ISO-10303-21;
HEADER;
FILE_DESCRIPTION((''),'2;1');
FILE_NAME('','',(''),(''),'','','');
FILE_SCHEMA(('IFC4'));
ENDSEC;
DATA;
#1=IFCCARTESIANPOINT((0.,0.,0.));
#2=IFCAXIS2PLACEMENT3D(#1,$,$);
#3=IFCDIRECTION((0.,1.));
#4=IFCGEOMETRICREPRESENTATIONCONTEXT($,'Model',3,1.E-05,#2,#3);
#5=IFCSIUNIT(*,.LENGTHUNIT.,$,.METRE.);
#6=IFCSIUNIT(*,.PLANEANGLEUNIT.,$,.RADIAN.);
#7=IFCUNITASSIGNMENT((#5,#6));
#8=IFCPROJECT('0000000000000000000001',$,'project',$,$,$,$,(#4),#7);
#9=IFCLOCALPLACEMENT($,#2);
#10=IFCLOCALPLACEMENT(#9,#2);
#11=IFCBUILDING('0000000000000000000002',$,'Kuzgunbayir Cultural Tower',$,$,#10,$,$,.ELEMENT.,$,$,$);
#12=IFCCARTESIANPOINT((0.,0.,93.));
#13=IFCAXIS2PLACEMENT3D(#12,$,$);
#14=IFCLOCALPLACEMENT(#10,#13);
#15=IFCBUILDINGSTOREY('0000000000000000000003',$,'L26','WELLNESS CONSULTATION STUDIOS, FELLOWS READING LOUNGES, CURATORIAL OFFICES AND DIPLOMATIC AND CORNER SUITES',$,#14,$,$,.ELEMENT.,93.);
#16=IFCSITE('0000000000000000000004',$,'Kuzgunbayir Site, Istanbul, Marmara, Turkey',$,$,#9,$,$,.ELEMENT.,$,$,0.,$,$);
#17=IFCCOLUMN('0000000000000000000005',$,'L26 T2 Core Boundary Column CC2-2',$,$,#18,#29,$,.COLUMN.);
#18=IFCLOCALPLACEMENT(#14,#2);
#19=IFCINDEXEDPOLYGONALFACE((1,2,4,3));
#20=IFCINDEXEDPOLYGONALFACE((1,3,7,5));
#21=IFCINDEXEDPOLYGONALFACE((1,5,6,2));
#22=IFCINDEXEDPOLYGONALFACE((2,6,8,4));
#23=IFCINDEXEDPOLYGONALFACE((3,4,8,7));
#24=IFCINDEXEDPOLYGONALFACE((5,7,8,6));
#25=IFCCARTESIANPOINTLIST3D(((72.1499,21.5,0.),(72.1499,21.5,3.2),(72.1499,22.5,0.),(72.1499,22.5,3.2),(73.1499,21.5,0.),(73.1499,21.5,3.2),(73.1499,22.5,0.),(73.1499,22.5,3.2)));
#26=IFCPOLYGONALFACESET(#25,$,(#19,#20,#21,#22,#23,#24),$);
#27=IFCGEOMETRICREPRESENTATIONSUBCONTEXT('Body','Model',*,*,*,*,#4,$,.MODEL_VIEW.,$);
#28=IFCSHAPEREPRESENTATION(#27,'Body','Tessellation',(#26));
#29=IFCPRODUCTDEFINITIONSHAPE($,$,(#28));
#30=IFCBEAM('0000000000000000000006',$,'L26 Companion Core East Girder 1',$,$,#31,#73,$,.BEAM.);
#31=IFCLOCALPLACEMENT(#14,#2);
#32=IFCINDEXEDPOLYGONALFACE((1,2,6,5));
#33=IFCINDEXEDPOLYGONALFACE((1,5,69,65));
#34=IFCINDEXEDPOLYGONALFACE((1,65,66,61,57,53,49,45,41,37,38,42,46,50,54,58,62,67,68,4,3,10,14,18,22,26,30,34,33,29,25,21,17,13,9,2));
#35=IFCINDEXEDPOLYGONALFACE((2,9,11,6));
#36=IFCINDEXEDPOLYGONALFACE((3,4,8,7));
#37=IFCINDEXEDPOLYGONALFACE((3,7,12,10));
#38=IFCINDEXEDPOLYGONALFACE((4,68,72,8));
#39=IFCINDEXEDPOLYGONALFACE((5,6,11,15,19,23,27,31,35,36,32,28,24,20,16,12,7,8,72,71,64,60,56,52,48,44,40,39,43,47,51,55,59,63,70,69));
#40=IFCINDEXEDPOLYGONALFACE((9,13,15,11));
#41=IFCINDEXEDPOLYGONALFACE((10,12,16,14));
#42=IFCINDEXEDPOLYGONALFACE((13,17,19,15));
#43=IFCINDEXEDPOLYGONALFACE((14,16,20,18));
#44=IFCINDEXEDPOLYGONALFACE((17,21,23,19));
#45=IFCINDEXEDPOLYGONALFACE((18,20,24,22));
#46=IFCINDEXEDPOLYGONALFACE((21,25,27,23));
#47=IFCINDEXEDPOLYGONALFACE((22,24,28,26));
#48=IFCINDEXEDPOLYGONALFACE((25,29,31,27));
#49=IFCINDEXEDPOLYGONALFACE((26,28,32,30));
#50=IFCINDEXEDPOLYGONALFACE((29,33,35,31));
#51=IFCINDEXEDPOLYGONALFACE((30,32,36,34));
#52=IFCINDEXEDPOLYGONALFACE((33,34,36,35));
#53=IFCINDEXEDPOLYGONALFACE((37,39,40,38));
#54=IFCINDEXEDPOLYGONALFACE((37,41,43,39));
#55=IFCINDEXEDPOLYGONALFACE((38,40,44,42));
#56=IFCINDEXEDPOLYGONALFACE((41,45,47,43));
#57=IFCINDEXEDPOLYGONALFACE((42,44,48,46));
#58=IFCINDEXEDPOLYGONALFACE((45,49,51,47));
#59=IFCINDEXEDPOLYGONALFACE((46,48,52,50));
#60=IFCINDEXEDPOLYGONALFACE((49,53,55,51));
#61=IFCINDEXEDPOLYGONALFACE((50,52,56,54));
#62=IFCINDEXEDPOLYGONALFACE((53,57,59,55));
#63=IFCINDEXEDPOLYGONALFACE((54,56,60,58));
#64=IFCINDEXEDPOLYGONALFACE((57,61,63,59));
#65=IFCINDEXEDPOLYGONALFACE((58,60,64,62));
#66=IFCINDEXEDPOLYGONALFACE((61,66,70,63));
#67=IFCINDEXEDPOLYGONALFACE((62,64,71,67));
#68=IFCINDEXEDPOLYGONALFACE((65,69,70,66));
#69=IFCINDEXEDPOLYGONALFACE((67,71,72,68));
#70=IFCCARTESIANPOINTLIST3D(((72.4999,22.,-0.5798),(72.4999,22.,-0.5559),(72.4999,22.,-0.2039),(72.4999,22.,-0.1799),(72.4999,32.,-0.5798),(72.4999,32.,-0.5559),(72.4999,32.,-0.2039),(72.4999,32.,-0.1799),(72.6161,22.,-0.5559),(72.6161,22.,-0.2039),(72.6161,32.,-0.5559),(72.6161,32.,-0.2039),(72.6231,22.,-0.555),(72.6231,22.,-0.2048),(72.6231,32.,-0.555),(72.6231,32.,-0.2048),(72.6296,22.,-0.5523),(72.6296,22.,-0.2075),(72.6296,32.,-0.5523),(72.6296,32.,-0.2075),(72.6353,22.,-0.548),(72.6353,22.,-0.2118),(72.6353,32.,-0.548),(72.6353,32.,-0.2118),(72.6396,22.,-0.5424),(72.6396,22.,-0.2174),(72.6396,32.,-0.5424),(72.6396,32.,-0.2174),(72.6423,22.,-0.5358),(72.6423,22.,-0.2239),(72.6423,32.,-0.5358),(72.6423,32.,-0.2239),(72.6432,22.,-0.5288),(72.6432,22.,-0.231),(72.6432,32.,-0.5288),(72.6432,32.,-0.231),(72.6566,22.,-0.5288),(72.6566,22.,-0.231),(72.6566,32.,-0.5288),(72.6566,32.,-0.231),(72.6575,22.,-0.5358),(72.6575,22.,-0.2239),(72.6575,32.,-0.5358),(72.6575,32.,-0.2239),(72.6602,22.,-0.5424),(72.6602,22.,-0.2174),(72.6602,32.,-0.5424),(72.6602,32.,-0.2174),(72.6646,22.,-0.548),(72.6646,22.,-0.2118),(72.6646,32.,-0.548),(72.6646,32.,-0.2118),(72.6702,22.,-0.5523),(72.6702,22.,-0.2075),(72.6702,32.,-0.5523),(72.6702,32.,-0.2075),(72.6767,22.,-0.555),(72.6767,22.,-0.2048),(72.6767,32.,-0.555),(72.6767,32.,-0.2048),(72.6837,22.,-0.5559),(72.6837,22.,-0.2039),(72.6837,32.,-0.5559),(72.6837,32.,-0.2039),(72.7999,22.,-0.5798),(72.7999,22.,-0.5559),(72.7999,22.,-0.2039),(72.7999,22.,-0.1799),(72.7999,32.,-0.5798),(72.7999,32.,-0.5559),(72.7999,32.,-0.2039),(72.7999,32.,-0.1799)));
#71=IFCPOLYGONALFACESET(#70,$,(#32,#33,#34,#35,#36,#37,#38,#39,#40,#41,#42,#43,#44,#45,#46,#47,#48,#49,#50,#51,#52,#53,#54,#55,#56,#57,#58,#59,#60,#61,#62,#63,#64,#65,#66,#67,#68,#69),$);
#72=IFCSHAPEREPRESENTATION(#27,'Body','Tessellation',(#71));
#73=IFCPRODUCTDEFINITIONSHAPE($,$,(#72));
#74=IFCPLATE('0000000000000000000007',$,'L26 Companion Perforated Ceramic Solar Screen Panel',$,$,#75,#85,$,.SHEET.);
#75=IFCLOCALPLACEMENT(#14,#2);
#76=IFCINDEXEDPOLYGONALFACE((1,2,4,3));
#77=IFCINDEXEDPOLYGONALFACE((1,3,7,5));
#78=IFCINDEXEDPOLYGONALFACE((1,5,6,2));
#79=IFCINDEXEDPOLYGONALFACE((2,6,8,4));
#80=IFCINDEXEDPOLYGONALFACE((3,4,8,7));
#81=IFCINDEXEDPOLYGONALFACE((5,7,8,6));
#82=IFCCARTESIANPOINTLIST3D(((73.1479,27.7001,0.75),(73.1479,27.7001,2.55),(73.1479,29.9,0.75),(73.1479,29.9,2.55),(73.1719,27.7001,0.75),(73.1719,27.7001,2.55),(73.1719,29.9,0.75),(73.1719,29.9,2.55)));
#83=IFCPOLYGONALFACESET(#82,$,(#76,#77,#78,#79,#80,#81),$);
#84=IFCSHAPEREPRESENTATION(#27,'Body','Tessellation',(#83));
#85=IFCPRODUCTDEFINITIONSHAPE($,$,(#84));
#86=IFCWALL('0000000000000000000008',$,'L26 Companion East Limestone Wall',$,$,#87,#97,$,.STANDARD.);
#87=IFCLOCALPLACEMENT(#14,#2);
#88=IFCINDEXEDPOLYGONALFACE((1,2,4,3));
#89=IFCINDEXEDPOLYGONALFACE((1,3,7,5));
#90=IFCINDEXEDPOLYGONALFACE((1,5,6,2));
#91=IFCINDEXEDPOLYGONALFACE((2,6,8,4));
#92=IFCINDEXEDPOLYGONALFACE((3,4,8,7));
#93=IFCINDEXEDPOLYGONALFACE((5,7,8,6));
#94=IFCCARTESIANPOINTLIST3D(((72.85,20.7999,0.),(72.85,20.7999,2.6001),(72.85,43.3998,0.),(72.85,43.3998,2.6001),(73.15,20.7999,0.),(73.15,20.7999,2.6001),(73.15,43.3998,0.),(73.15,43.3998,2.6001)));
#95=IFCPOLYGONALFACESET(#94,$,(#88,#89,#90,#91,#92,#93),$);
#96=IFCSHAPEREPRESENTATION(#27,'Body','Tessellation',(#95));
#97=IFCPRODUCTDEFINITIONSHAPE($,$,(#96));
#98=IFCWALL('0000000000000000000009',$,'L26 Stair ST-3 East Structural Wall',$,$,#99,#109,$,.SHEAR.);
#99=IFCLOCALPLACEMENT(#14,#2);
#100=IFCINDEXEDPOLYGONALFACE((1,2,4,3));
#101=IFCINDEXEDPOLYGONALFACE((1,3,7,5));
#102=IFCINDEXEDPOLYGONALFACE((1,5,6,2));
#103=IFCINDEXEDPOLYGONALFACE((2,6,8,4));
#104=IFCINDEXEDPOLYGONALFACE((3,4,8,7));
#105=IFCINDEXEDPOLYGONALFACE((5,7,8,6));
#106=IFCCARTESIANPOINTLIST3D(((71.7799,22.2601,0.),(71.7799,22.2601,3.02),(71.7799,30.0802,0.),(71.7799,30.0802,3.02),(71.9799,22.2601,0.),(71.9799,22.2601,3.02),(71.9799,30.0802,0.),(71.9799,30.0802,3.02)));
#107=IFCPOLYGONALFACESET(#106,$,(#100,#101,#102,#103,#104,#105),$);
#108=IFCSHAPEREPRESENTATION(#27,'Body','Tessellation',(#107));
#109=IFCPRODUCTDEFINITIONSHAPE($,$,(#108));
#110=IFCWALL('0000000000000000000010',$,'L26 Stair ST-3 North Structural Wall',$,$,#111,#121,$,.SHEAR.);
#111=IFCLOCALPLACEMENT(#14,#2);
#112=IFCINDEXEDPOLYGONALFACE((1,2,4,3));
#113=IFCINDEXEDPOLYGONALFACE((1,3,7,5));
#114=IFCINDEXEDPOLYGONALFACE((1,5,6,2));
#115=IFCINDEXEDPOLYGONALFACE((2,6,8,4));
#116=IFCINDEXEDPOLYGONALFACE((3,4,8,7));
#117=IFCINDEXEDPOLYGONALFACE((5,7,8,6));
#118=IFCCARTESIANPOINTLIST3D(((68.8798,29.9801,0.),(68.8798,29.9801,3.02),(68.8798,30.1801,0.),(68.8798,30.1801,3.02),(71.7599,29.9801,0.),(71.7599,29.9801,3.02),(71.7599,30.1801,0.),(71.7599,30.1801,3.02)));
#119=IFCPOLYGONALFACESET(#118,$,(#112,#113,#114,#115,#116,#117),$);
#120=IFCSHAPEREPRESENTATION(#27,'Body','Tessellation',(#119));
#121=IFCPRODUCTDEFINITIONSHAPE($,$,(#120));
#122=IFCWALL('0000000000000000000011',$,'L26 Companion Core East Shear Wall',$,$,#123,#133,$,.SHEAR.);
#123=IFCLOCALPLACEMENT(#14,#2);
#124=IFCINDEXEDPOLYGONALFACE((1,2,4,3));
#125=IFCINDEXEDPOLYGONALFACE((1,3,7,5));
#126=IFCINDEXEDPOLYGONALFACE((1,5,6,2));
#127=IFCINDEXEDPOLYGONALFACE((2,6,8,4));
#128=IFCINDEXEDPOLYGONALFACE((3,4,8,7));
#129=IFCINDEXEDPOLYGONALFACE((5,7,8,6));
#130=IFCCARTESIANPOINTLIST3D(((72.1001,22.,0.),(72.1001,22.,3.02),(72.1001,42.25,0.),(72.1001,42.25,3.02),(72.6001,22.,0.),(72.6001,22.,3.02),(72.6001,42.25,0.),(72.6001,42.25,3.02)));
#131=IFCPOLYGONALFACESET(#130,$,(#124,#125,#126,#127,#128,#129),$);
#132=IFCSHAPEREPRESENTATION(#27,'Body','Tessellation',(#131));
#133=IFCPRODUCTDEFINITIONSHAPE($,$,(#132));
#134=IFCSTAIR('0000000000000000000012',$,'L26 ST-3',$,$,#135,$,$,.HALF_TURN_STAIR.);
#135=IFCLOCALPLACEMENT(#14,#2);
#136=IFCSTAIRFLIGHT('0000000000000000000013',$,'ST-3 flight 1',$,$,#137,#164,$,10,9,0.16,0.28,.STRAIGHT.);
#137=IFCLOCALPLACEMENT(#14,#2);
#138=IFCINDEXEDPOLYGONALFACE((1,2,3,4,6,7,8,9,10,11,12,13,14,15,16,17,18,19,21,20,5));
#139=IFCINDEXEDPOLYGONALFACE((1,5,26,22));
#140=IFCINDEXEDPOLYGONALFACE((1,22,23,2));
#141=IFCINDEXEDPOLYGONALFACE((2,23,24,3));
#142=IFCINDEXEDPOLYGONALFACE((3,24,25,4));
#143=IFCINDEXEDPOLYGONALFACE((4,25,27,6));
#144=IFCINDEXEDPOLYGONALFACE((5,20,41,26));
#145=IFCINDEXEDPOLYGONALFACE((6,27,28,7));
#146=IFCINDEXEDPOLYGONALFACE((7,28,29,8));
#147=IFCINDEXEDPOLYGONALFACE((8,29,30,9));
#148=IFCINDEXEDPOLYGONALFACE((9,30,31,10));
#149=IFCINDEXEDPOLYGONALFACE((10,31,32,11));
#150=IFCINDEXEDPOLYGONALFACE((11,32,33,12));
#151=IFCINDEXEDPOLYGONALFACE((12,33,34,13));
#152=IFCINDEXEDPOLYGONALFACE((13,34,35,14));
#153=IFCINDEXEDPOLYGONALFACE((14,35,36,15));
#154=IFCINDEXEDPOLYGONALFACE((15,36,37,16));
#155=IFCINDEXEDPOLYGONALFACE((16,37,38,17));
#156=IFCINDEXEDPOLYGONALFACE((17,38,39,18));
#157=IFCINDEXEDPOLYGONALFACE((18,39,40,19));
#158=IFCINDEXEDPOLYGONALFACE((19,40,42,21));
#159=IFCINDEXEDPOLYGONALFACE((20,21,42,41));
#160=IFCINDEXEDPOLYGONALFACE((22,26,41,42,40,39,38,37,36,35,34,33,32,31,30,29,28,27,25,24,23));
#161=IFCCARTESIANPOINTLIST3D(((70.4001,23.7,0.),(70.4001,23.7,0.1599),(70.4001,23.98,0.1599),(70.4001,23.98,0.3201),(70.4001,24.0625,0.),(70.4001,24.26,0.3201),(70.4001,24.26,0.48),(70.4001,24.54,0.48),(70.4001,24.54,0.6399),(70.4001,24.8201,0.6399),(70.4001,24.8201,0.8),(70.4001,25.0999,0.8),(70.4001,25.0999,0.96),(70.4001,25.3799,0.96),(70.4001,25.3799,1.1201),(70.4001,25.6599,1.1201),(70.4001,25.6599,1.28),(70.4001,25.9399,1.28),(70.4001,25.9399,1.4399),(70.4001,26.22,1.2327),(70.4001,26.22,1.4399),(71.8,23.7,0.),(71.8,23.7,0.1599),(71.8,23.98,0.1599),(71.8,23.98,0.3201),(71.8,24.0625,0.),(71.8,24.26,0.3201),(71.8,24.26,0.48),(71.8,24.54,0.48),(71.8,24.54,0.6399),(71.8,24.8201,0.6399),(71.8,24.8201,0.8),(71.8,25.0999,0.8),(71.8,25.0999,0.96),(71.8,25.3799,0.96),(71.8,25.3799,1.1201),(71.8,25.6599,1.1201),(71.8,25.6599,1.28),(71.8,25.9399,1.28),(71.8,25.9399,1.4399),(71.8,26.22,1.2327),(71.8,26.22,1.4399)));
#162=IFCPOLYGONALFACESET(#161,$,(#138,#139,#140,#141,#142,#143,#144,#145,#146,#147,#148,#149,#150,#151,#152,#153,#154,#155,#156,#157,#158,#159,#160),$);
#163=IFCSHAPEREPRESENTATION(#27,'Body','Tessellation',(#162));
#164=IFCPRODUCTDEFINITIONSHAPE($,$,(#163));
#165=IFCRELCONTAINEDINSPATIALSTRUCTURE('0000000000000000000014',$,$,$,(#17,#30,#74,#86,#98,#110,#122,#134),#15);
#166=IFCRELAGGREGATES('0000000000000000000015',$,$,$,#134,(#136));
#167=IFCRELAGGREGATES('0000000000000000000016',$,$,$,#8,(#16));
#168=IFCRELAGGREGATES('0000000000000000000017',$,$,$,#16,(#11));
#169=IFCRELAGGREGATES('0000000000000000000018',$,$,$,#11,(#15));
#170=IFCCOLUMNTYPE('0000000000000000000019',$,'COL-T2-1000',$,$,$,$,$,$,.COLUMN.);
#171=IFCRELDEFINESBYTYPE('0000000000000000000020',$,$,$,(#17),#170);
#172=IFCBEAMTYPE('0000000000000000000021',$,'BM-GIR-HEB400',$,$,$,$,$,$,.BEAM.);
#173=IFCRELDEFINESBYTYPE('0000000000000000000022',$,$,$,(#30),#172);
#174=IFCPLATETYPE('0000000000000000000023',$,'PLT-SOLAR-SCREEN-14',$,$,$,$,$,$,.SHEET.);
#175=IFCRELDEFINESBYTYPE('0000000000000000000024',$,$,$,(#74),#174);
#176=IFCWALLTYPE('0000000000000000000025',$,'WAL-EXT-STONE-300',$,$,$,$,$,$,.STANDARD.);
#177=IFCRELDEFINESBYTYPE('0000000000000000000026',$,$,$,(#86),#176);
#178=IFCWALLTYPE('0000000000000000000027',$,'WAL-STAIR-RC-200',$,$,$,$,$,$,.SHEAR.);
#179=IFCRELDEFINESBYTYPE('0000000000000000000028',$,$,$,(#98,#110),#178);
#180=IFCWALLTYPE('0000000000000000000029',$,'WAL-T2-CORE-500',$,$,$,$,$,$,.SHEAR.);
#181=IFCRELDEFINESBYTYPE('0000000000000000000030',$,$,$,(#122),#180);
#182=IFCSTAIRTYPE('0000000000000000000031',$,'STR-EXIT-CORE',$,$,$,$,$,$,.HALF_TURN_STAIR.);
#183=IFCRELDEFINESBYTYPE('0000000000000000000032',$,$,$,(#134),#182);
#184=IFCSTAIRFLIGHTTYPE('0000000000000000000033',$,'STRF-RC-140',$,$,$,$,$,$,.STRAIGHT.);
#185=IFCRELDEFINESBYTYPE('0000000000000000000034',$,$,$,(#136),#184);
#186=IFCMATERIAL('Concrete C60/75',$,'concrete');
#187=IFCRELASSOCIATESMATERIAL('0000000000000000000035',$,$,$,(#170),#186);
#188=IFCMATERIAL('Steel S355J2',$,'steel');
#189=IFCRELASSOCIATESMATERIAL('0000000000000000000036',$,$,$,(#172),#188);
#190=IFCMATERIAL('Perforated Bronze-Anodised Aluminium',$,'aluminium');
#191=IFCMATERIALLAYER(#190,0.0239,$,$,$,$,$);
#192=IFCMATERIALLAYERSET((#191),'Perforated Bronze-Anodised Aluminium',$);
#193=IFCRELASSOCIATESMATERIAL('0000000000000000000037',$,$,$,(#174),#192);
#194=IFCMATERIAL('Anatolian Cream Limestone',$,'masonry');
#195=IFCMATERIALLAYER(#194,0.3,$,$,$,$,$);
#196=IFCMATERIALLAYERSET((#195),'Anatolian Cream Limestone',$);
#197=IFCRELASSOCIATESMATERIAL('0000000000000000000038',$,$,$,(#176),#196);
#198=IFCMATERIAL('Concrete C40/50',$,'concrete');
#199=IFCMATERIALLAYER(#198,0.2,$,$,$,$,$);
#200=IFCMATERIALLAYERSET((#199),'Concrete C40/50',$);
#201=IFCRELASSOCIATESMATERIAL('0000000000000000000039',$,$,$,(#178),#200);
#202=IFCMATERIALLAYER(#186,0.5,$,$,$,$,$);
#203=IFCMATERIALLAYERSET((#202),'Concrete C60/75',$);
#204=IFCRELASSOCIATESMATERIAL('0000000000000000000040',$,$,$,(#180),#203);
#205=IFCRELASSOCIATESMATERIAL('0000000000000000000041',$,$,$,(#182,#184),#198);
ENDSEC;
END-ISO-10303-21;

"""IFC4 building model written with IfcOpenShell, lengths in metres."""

from ifc_helpers import new_model, si_unit, direction, frame, frame_2d, origin, origin_2d, place, context, subcontext, project, spatial, polyline, rectangle, i_section, outline, extrude, material, layer, layer_set, material_profile, profile_set, type_object, element, aggregate, save


model = new_model("IFC4")

# Units and contexts
model_context = context("Model", 3, precision=1e-05, world=origin(), true_north=direction((0.0, 1.0)))
body_context = subcontext(model_context, "Body", "Model", "MODEL_VIEW")
ifc_project = project(units=[si_unit("LENGTHUNIT", "METRE"), si_unit("PLANEANGLEUNIT", "RADIAN")], contexts=[model_context])

# Site, building, storey
site_placement = place(None, origin())
site = spatial("IfcSite", under=ifc_project, at=site_placement, Name="Kuzgunbayir Site, Istanbul, Marmara, Turkey", CompositionType="ELEMENT", RefElevation=0.0)
building_placement = place(site_placement, origin())
building = spatial("IfcBuilding", under=site, at=building_placement, Name="Kuzgunbayir Cultural Tower", CompositionType="ELEMENT")
storey_placement = place(building_placement, frame((0.0, 0.0, 93.0)))
storey = spatial("IfcBuildingStorey", under=building, at=storey_placement, Name="L26", Description="WELLNESS CONSULTATION STUDIOS, FELLOWS READING LOUNGES, CURATORIAL OFFICES AND DIPLOMATIC AND CORNER SUITES", CompositionType="ELEMENT", Elevation=93.0)

# Column
ifc_material_1 = material(Name="Concrete C60/75", Category="concrete")
ifc_material_profile_1 = material_profile(ifc_material_1, rectangle(XDim=1.0, YDim=1.0, at=origin_2d()), Name="RC 1000x1000")
ifc_profile_set_1 = profile_set([ifc_material_profile_1], Name="Concrete C60/75")
column_type = type_object("IfcColumnType", Name="COL-T2-1000", PredefinedType="COLUMN", material=ifc_profile_set_1)
column_placement = place(storey_placement, frame((72.6499, 22.0, 0.0), z_axis=(0.0, 0.0, 1.0), x_axis=(1.0, 0.0, 0.0)))
element("IfcColumn", 1, at=column_placement, inside=storey, type_object=column_type, Name="L26 T2 Core Boundary Column CC2-2", PredefinedType="COLUMN", context=body_context, shape_type="SweptSolid", body=[
    extrude(rectangle(XDim=1.0, YDim=1.0, at=origin_2d()), origin(), (0.0, 0.0, 1.0), 3.2),
])

# Beam
ifc_material_2 = material(Name="Steel S355J2", Category="steel")
ifc_material_profile_2 = material_profile(ifc_material_2, i_section(OverallWidth=0.3, OverallDepth=0.3999, WebThickness=0.0134, FlangeThickness=0.0239, FilletRadius=0.0271, at=origin_2d()), Name="HEB 400")
ifc_profile_set_2 = profile_set([ifc_material_profile_2], Name="Steel S355J2")
beam_type = type_object("IfcBeamType", Name="BM-GIR-HEB400", PredefinedType="BEAM", material=ifc_profile_set_2)
beam_placement = place(storey_placement, frame((72.6499, 22.0, -0.3799), z_axis=(0.0, 1.0, 0.0), x_axis=(-1.0, 0.0, 0.0)))
element("IfcBeam", 2, at=beam_placement, inside=storey, type_object=beam_type, Name="L26 Companion Core East Girder 1", PredefinedType="BEAM", context=body_context, shape_type="SweptSolid", body=[
    extrude(i_section(OverallWidth=0.3, OverallDepth=0.3999, WebThickness=0.0134, FlangeThickness=0.0239, FilletRadius=0.0271, at=origin_2d()), origin(), (0.0, 0.0, 1.0), 10.0),
])

# Plate
ifc_material_3 = material(Name="Perforated Bronze-Anodised Aluminium", Category="aluminium")
ifc_layer_1 = layer(ifc_material_3, 0.0239)
ifc_layer_set_1 = layer_set([ifc_layer_1], Name="Perforated Bronze-Anodised Aluminium")
plate_type = type_object("IfcPlateType", Name="PLT-SOLAR-SCREEN-14", PredefinedType="SHEET", material=ifc_layer_set_1)
plate_placement = place(storey_placement, frame((73.1599, 28.8, 0.75), z_axis=(0.0, 0.0, 1.0), x_axis=(1.0, 0.0, 0.0)))
element("IfcPlate", 3, at=plate_placement, inside=storey, type_object=plate_type, Name="L26 Companion Perforated Ceramic Solar Screen Panel", PredefinedType="SHEET", context=body_context, shape_type="SweptSolid", body=[
    extrude(rectangle(XDim=0.0239, YDim=2.2, at=origin_2d()), origin(), (0.0, 0.0, 1.0), 1.8),
])

# Wall
ifc_material_4 = material(Name="Anatolian Cream Limestone", Category="masonry")
ifc_layer_2 = layer(ifc_material_4, 0.3)
ifc_layer_set_2 = layer_set([ifc_layer_2], Name="Anatolian Cream Limestone")
wall_type_1 = type_object("IfcWallType", Name="WAL-EXT-STONE-300", PredefinedType="STANDARD", material=ifc_layer_set_2)
wall_1_placement = place(storey_placement, frame((73.0, 20.8, 0.0), z_axis=(0.0, 0.0, 1.0), x_axis=(0.0, 1.0, 0.0)))
element("IfcWall", 4, at=wall_1_placement, inside=storey, type_object=wall_type_1, Name="L26 Companion East Limestone Wall", PredefinedType="STANDARD", context=body_context, shape_type="SweptSolid", body=[
    extrude(rectangle(XDim=22.5999, YDim=0.3, at=frame_2d((11.2998, 0.0))), origin(), (0.0, 0.0, 1.0), 2.6001),
])

# Shared definitions
ifc_material_5 = material(Name="Concrete C40/50", Category="concrete")

# Walls
ifc_layer_3 = layer(ifc_material_5, 0.2)
ifc_layer_set_3 = layer_set([ifc_layer_3], Name="Concrete C40/50")
wall_type_2 = type_object("IfcWallType", Name="WAL-STAIR-RC-200", PredefinedType="SHEAR", material=ifc_layer_set_3)
wall_2_placement = place(storey_placement, frame((71.8799, 22.26, 0.0), z_axis=(0.0, 0.0, 1.0), x_axis=(0.0, 1.0, 0.0)))
element("IfcWall", 5, at=wall_2_placement, inside=storey, type_object=wall_type_2, Name="L26 Stair ST-3 East Structural Wall", PredefinedType="SHEAR", context=body_context, shape_type="SweptSolid", body=[
    extrude(rectangle(XDim=7.8201, YDim=0.2, at=frame_2d((3.9102, 0.0))), origin(), (0.0, 0.0, 1.0), 3.02),
])
wall_3_placement = place(storey_placement, frame((68.8799, 30.0801, 0.0), z_axis=(0.0, 0.0, 1.0), x_axis=(1.0, 0.0, 0.0)))
element("IfcWall", 6, at=wall_3_placement, inside=storey, type_object=wall_type_2, Name="L26 Stair ST-3 North Structural Wall", PredefinedType="SHEAR", context=body_context, shape_type="SweptSolid", body=[
    extrude(rectangle(XDim=2.8801, YDim=0.2, at=frame_2d((1.4399, 0.0))), origin(), (0.0, 0.0, 1.0), 3.02),
])
ifc_layer_4 = layer(ifc_material_1, 0.5)
ifc_layer_set_4 = layer_set([ifc_layer_4], Name="Concrete C60/75")
wall_type_3 = type_object("IfcWallType", Name="WAL-T2-CORE-500", PredefinedType="SHEAR", material=ifc_layer_set_4)
wall_4_placement = place(storey_placement, frame((72.3501, 22.0, 0.0), z_axis=(0.0, 0.0, 1.0), x_axis=(0.0, 1.0, 0.0)))
element("IfcWall", 7, at=wall_4_placement, inside=storey, type_object=wall_type_3, Name="L26 Companion Core East Shear Wall", PredefinedType="SHEAR", context=body_context, shape_type="SweptSolid", body=[
    extrude(rectangle(XDim=20.25, YDim=0.5, at=frame_2d((10.125, 0.0))), origin(), (0.0, 0.0, 1.0), 3.02),
])

# Stair, stair flight
stair_type = type_object("IfcStairType", Name="STR-EXIT-CORE", PredefinedType="HALF_TURN_STAIR", material=ifc_material_5)
stair_placement = place(storey_placement, origin())
stair = element("IfcStair", 8, at=stair_placement, inside=storey, type_object=stair_type, Name="L26 ST-3", PredefinedType="HALF_TURN_STAIR")
stair_flight_type = type_object("IfcStairFlightType", Name="STRF-RC-140", PredefinedType="STRAIGHT", material=ifc_material_5)
stair_flight_1_placement = place(storey_placement, frame((71.1001, 23.7, 0.0), z_axis=(0.0, 0.0, 1.0), x_axis=(0.0, 1.0, 0.0)))
stair_flight_1 = element("IfcStairFlight", 9, at=stair_flight_1_placement, type_object=stair_flight_type, Name="ST-3 flight 1", NumberOfRisers=10, NumberOfTreads=9, PredefinedType="STRAIGHT", RiserHeight=0.16, TreadLength=0.28, context=body_context, shape_type="SweptSolid", body=[
    extrude(outline(polyline([(0.0, 0.0), (0.0, 0.1599), (0.28, 0.1599), (0.28, 0.3201), (0.5601, 0.3201), (0.5601, 0.48), (0.8401, 0.48), (0.8401, 0.6399), (1.1201, 0.6399), (1.1201, 0.8), (1.3999, 0.8), (1.3999, 0.96), (1.6799, 0.96), (1.6799, 1.1201), (1.96, 1.1201), (1.96, 1.28), (2.24, 1.28), (2.24, 1.4399), (2.52, 1.4399), (2.52, 1.6001), (2.52, 1.2327), (0.3625, 0.0), (0.0, 0.0)])), frame((0.0, 0.7, 0.0), z_axis=(0.0, -1.0, 0.0), x_axis=(1.0, 0.0, 0.0)), (0.0, 0.0, 1.0), 1.3999),
])
aggregate(stair, [stair_flight_1])

save(model, "model.ifc")
